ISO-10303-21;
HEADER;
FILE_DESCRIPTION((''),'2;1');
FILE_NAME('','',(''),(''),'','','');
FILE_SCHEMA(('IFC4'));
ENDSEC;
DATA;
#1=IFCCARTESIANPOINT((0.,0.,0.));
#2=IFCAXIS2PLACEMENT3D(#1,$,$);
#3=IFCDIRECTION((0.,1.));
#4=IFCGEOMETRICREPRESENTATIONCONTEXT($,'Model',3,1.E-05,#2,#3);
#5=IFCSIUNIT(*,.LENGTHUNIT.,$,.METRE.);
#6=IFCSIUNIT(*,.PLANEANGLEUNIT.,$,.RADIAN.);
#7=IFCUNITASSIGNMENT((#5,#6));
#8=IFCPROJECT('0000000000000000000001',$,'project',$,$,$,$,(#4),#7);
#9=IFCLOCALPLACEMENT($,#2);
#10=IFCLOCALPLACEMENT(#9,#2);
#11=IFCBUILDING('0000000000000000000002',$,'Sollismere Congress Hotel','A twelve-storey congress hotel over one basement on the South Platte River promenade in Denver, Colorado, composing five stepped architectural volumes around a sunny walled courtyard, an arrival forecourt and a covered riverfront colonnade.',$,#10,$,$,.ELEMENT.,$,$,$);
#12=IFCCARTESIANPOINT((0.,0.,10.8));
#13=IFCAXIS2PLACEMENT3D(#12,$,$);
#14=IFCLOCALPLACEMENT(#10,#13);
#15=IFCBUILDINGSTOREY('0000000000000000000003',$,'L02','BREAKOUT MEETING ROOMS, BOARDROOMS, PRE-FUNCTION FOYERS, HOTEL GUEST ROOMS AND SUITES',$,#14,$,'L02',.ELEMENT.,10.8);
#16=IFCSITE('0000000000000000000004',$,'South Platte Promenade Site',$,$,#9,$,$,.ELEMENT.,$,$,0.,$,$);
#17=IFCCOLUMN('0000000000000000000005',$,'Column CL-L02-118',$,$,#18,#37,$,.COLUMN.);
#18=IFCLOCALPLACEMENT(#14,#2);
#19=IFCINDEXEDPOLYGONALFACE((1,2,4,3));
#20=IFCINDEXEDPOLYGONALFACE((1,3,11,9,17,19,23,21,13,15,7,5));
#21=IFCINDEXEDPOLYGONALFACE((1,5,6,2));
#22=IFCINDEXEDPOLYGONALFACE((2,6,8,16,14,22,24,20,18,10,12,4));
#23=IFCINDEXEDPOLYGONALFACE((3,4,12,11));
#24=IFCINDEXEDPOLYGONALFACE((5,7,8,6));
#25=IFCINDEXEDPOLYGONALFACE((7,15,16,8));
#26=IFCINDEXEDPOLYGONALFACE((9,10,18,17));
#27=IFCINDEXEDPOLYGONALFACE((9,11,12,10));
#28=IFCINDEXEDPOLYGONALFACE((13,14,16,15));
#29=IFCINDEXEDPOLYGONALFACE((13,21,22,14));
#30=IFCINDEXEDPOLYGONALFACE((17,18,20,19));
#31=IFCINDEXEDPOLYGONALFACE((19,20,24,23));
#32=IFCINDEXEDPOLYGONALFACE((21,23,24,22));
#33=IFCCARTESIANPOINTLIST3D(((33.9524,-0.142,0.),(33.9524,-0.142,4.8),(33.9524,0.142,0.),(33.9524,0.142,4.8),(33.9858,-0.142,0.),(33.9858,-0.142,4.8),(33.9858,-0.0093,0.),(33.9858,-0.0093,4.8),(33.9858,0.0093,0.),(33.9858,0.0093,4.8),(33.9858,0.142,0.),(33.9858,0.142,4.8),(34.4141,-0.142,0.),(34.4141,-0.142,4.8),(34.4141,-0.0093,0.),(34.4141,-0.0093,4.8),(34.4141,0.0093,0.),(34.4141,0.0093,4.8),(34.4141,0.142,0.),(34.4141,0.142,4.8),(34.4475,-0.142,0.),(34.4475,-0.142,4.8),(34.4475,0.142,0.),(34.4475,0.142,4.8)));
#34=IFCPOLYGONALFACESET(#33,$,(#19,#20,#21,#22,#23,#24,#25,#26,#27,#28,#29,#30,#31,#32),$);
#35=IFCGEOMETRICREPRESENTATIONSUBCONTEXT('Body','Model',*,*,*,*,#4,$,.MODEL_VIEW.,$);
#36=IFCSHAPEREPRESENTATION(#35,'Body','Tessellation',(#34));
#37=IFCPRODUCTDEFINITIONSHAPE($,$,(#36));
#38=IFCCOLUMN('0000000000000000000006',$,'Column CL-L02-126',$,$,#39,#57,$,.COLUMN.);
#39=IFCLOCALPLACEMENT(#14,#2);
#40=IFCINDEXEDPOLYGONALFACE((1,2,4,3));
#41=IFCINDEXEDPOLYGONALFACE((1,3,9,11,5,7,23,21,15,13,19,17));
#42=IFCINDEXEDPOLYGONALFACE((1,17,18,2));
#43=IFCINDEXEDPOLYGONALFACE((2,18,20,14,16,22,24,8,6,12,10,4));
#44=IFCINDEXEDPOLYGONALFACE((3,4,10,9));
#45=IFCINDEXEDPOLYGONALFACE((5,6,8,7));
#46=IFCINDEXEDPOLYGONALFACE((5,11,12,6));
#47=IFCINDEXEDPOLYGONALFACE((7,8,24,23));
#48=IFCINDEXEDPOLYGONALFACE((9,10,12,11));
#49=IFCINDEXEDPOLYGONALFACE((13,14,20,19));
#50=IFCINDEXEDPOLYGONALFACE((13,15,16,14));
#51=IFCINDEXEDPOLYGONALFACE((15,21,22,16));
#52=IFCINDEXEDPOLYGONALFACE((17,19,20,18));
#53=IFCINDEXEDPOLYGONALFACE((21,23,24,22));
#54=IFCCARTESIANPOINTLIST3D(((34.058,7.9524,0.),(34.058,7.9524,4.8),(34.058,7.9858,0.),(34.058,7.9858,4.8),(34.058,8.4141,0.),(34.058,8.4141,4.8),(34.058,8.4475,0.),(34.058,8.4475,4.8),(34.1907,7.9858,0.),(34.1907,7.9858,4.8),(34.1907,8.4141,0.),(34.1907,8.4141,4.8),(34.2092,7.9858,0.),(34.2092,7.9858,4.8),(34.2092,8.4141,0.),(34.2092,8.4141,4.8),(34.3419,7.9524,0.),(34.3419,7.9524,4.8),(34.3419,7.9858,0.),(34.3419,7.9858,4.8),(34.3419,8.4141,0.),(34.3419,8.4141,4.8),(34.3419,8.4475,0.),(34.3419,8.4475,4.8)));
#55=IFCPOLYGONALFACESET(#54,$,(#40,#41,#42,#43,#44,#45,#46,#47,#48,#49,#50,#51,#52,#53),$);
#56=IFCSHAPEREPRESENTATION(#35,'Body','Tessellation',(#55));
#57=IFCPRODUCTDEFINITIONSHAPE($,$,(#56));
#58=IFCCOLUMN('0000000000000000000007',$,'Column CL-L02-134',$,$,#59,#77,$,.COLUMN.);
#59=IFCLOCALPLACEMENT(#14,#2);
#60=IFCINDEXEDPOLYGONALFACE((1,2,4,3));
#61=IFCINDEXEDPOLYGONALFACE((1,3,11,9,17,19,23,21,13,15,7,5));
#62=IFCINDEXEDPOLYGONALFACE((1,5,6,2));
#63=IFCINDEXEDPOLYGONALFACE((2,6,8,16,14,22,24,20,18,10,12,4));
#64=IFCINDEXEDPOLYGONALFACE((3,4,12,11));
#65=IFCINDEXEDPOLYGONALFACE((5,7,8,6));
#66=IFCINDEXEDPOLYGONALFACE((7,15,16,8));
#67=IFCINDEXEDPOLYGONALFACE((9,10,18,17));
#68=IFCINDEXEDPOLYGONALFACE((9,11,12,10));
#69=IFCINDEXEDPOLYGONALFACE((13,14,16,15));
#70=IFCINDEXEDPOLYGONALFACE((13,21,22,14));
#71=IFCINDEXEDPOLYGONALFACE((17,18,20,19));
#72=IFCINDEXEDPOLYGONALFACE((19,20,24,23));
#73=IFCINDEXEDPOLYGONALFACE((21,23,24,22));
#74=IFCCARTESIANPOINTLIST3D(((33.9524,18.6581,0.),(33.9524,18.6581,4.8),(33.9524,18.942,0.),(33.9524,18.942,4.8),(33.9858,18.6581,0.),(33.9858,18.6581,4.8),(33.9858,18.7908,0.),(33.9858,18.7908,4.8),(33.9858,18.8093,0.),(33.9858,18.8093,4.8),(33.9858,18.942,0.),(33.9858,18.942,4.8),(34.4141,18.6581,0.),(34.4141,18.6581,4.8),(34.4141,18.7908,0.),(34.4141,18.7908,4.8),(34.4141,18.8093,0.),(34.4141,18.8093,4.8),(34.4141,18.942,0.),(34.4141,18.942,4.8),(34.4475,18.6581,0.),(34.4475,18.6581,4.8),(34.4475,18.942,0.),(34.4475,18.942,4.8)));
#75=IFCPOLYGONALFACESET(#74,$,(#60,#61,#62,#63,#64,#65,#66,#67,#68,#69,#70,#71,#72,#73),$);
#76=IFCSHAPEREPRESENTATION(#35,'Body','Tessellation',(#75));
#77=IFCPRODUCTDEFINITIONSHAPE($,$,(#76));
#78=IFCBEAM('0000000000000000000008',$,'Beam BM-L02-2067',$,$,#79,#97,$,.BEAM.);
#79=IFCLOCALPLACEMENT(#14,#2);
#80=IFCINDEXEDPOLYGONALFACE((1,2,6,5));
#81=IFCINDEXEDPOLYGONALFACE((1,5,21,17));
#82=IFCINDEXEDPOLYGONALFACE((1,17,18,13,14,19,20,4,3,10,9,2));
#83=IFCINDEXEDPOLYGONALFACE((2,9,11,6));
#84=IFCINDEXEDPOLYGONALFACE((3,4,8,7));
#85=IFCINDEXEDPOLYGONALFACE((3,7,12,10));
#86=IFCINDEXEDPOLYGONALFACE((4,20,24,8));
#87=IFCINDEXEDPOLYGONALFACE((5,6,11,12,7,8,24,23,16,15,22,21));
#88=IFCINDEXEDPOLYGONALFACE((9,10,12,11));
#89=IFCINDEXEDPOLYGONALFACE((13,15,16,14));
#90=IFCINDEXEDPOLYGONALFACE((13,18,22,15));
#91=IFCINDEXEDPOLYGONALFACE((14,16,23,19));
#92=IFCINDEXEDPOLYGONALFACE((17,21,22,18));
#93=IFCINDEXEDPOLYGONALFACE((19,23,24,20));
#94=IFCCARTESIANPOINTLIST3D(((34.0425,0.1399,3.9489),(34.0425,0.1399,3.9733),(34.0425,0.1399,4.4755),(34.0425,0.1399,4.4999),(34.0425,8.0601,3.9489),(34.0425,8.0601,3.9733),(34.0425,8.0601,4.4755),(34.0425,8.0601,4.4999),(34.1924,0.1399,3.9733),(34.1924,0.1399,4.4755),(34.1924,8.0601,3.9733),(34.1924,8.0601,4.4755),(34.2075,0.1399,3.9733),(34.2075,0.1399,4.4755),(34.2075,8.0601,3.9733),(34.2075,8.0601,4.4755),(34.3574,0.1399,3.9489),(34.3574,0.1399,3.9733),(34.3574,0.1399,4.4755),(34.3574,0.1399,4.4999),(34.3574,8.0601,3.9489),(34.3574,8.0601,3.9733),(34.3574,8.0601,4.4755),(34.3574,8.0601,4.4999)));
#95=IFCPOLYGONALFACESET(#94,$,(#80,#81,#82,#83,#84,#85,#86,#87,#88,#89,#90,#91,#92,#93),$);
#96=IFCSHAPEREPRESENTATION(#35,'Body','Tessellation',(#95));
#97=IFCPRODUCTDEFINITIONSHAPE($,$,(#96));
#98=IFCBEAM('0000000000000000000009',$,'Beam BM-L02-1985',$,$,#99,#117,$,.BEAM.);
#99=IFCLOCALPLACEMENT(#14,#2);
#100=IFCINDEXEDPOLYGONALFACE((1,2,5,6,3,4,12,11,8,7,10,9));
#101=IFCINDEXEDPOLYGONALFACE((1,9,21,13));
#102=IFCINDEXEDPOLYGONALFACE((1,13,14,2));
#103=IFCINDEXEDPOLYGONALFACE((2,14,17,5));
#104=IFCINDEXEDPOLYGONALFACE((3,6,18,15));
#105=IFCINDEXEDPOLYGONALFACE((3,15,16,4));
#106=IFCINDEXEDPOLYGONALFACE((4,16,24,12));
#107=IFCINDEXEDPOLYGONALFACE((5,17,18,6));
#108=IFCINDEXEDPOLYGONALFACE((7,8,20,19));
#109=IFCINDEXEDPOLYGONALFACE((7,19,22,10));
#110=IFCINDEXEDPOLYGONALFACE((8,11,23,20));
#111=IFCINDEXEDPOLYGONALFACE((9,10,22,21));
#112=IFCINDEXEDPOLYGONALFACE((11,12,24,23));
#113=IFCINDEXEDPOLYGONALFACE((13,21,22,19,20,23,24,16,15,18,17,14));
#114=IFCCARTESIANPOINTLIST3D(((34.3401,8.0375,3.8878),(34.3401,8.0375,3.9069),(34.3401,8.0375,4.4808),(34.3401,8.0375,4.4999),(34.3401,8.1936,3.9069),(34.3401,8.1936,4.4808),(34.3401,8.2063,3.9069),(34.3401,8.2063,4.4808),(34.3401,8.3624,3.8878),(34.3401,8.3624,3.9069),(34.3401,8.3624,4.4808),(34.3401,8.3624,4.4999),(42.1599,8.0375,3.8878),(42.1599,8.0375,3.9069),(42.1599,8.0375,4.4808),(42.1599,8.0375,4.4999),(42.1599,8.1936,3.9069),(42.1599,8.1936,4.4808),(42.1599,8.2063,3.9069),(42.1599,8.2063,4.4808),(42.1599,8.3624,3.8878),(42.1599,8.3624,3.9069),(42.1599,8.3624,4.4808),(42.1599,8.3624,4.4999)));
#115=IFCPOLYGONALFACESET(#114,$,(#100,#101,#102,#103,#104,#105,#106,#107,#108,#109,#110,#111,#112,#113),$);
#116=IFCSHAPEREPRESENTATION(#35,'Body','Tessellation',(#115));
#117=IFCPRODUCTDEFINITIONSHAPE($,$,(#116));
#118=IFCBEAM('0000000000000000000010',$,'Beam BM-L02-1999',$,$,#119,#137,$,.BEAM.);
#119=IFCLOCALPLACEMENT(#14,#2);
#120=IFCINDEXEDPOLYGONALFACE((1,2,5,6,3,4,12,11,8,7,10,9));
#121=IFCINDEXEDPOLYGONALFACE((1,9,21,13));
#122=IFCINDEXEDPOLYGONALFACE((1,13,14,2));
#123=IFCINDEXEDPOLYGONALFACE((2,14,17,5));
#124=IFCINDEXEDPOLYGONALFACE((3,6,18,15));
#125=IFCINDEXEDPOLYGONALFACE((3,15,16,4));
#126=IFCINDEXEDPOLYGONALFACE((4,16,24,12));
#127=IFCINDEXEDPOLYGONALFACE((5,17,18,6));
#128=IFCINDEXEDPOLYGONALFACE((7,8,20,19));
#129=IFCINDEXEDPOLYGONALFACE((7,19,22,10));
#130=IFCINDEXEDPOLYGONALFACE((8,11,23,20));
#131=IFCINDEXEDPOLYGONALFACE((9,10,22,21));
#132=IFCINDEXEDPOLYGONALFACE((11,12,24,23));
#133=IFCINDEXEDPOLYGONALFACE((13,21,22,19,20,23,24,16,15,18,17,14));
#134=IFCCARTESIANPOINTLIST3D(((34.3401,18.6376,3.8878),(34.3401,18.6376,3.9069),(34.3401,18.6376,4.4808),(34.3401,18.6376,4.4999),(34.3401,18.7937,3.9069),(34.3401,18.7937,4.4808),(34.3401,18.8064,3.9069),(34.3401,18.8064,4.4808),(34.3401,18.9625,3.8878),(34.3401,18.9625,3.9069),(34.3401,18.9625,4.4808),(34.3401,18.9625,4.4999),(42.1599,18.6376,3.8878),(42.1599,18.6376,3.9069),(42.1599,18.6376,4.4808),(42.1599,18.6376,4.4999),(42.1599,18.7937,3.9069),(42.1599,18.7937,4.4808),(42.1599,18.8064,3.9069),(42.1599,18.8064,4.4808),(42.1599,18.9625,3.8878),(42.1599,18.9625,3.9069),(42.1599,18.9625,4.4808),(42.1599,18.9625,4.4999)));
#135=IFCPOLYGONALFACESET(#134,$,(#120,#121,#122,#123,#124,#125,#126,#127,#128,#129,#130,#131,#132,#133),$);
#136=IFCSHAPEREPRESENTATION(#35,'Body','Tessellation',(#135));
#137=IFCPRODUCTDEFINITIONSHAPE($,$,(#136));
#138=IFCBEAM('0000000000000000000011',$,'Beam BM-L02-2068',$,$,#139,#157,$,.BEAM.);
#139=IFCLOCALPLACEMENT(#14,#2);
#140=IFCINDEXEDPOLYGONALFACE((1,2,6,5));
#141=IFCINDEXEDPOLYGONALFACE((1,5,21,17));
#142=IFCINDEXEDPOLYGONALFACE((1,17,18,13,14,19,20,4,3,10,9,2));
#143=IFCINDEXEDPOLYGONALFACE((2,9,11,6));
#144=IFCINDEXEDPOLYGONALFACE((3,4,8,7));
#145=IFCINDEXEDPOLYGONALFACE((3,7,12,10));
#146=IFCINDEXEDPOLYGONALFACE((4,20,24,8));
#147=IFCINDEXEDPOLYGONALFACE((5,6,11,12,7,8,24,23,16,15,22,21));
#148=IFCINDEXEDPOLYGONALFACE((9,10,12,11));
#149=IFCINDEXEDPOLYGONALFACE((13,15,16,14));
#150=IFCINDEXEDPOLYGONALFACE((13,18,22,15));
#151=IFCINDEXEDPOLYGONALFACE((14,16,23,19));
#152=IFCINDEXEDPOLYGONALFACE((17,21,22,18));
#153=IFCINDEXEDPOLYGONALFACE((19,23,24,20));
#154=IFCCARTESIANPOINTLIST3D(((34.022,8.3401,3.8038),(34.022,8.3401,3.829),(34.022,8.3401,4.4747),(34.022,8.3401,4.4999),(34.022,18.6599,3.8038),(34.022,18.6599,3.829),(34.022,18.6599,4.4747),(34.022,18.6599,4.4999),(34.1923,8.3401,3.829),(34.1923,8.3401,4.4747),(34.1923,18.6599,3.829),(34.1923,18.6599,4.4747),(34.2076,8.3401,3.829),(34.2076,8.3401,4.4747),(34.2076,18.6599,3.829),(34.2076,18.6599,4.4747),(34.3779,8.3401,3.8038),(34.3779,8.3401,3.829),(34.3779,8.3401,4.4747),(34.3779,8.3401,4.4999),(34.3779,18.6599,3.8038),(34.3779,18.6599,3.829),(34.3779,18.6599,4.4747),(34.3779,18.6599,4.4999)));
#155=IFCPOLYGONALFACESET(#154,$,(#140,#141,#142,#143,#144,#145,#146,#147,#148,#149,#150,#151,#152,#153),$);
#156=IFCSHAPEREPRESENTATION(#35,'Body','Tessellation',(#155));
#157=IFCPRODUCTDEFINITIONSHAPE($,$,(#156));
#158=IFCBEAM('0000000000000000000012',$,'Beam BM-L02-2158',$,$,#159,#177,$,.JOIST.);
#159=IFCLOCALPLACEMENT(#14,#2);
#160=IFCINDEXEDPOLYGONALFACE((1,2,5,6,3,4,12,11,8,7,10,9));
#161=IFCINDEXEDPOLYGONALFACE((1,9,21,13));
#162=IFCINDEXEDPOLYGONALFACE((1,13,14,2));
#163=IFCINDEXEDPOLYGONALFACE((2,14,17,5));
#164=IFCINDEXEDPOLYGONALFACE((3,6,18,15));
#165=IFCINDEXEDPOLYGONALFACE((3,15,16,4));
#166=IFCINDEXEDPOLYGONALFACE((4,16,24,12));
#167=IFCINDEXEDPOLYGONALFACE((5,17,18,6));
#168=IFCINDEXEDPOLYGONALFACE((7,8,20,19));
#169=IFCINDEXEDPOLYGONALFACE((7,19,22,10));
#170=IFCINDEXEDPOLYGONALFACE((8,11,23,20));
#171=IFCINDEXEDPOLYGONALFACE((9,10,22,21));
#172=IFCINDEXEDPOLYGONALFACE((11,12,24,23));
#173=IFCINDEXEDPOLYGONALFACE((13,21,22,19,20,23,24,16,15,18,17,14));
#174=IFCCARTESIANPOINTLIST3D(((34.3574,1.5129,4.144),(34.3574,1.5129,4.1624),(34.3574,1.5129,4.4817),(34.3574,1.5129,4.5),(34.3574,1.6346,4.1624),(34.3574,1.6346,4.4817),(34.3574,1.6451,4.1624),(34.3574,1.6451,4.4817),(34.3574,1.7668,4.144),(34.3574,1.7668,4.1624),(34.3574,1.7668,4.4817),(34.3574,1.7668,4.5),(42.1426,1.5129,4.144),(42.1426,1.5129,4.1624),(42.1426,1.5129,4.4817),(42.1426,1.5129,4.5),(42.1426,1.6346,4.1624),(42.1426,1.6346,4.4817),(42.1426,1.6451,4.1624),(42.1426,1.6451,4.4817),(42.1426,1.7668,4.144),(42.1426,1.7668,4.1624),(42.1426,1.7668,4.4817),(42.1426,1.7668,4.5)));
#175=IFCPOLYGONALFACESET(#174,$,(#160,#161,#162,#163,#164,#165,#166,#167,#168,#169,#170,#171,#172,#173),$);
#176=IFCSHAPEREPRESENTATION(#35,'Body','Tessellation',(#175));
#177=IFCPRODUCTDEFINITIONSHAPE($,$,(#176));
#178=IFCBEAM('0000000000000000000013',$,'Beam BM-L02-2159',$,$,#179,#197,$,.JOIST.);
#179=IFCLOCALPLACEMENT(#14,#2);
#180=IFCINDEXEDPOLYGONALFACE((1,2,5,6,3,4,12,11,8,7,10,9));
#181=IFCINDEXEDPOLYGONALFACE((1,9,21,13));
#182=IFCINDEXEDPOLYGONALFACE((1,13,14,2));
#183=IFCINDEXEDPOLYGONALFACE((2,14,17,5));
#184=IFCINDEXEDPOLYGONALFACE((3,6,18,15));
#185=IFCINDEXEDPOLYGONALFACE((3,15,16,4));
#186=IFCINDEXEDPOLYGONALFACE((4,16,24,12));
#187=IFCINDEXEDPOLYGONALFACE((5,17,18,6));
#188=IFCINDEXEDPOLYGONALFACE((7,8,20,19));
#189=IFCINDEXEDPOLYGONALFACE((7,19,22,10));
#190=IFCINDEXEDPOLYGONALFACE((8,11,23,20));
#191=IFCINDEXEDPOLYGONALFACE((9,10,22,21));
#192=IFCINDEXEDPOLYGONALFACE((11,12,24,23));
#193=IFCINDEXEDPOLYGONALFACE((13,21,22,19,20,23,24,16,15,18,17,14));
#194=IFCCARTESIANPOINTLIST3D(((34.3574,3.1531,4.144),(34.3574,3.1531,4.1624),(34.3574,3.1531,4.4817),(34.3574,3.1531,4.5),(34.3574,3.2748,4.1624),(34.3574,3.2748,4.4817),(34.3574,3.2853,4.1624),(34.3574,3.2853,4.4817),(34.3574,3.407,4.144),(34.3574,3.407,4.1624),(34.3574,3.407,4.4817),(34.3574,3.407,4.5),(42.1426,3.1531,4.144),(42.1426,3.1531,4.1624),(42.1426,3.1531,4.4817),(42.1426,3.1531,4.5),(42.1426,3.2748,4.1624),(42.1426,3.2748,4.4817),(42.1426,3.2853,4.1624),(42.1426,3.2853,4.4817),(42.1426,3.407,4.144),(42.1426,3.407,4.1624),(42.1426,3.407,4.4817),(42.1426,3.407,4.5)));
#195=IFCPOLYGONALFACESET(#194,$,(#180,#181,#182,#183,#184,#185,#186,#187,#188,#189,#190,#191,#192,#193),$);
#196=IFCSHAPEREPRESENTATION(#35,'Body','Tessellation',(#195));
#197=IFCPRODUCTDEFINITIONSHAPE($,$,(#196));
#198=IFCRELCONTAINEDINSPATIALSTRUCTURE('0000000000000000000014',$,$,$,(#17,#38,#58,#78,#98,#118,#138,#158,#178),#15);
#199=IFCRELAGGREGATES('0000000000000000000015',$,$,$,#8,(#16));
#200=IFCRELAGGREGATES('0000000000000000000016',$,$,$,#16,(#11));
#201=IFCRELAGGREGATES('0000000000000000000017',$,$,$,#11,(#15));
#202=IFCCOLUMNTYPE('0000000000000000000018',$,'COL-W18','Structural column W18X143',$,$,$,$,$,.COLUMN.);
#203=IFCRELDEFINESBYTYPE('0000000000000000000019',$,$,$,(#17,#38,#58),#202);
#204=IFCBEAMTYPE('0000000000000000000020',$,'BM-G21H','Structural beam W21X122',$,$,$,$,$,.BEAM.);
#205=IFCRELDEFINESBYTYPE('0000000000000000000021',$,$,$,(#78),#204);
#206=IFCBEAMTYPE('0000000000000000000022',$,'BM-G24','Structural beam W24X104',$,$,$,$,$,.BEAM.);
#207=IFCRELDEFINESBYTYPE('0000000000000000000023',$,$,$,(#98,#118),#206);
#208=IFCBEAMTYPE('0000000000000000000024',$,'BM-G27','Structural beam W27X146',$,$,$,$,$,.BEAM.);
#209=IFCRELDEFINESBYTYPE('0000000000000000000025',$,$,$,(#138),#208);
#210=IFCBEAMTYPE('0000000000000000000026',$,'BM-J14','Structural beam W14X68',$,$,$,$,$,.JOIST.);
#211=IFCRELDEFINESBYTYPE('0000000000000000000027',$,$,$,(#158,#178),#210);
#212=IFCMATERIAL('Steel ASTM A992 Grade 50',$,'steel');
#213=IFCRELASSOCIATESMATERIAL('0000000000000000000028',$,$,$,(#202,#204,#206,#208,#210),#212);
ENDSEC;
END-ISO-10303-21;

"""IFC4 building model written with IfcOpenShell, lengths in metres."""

from ifc_helpers import new_model, si_unit, direction, frame, origin, origin_2d, place, context, subcontext, project, spatial, i_section, extrude, material, material_profile, profile_set, type_object, element, save


model = new_model("IFC4")

# Units and contexts
model_context = context("Model", 3, precision=1e-05, world=origin(), true_north=direction((0.0, 1.0)))
body_context = subcontext(model_context, "Body", "Model", "MODEL_VIEW")
ifc_project = project(units=[si_unit("LENGTHUNIT", "METRE"), si_unit("PLANEANGLEUNIT", "RADIAN")], contexts=[model_context])

# Site, building, storey
site_placement = place(None, origin())
site = spatial("IfcSite", under=ifc_project, at=site_placement, Name="South Platte Promenade Site", CompositionType="ELEMENT", RefElevation=0.0)
building_placement = place(site_placement, origin())
building = spatial("IfcBuilding", under=site, at=building_placement, Name="Sollismere Congress Hotel", Description="A twelve-storey congress hotel over one basement on the South Platte River promenade in Denver, Colorado, composing five stepped architectural volumes around a sunny walled courtyard, an arrival forecourt and a covered riverfront colonnade.", CompositionType="ELEMENT")
storey_placement = place(building_placement, frame((0.0, 0.0, 10.8)))
storey = spatial("IfcBuildingStorey", under=building, at=storey_placement, Name="L02", Description="BREAKOUT MEETING ROOMS, BOARDROOMS, PRE-FUNCTION FOYERS, HOTEL GUEST ROOMS AND SUITES", LongName="L02", CompositionType="ELEMENT", Elevation=10.8)

# Columns
ifc_material_1 = material(Name="Steel ASTM A992 Grade 50", Category="steel")
ifc_material_profile_1 = material_profile(ifc_material_1, i_section(OverallWidth=0.2839, OverallDepth=0.4951, WebThickness=0.0186, FlangeThickness=0.0334, at=origin_2d()), Name="W18X143")
ifc_profile_set_1 = profile_set([ifc_material_profile_1], Name="Steel ASTM A992 Grade 50")
column_type = type_object("IfcColumnType", Name="COL-W18", Description="Structural column W18X143", PredefinedType="COLUMN", material=ifc_profile_set_1)
for number, where, z_axis, x_axis, name in (
    (1, (34.2, 0.0, 0.0), (0.0, 0.0, 1.0), (0.0, 1.0, 0.0), "Column CL-L02-118"),
    (2, (34.2, 8.2, 0.0), (0.0, 0.0, 1.0), (1.0, 0.0, 0.0), "Column CL-L02-126"),
    (3, (34.2, 18.8, 0.0), (0.0, 0.0, 1.0), (0.0, 1.0, 0.0), "Column CL-L02-134"),
):
    element("IfcColumn", number, at=place(storey_placement, frame(where, z_axis=z_axis, x_axis=x_axis)), inside=storey, type_object=column_type, Name=name, PredefinedType="COLUMN", context=body_context, shape_type="SweptSolid", body=[
        extrude(i_section(OverallWidth=0.2839, OverallDepth=0.4951, WebThickness=0.0186, FlangeThickness=0.0334, at=origin_2d()), origin(), (0.0, 0.0, 1.0), 4.8),
    ])

# Beams
ifc_material_profile_2 = material_profile(ifc_material_1, i_section(OverallWidth=0.3149, OverallDepth=0.551, WebThickness=0.0151, FlangeThickness=0.0244, at=origin_2d()), Name="W21X122")
ifc_profile_set_2 = profile_set([ifc_material_profile_2], Name="Steel ASTM A992 Grade 50")
beam_type_1 = type_object("IfcBeamType", Name="BM-G21H", Description="Structural beam W21X122", PredefinedType="BEAM", material=ifc_profile_set_2)
beam_1_placement = place(storey_placement, frame((34.2, 0.1399, 4.2244), z_axis=(0.0, 1.0, 0.0), x_axis=(-1.0, 0.0, 0.0)))
element("IfcBeam", 4, at=beam_1_placement, inside=storey, type_object=beam_type_1, Name="Beam BM-L02-2067", PredefinedType="BEAM", context=body_context, shape_type="SweptSolid", body=[
    extrude(i_section(OverallWidth=0.3149, OverallDepth=0.551, WebThickness=0.0151, FlangeThickness=0.0244, at=origin_2d()), origin(), (0.0, 0.0, 1.0), 7.9202),
])
ifc_material_profile_3 = material_profile(ifc_material_1, i_section(OverallWidth=0.325, OverallDepth=0.6121, WebThickness=0.0127, FlangeThickness=0.019, at=origin_2d()), Name="W24X104")
ifc_profile_set_3 = profile_set([ifc_material_profile_3], Name="Steel ASTM A992 Grade 50")
beam_type_2 = type_object("IfcBeamType", Name="BM-G24", Description="Structural beam W24X104", PredefinedType="BEAM", material=ifc_profile_set_3)
for number, where, z_axis, x_axis, name in (
    (5, (34.3401, 8.2, 4.1938), (1.0, 0.0, 0.0), (0.0, 1.0, 0.0), "Beam BM-L02-1985"),
    (6, (34.3401, 18.8, 4.1938), (1.0, 0.0, 0.0), (0.0, 1.0, 0.0), "Beam BM-L02-1999"),
):
    element("IfcBeam", number, at=place(storey_placement, frame(where, z_axis=z_axis, x_axis=x_axis)), inside=storey, type_object=beam_type_2, Name=name, PredefinedType="BEAM", context=body_context, shape_type="SweptSolid", body=[
        extrude(i_section(OverallWidth=0.325, OverallDepth=0.6121, WebThickness=0.0127, FlangeThickness=0.019, at=origin_2d()), origin(), (0.0, 0.0, 1.0), 7.8198),
    ])
ifc_material_profile_4 = material_profile(ifc_material_1, i_section(OverallWidth=0.356, OverallDepth=0.696, WebThickness=0.0154, FlangeThickness=0.0251, at=origin_2d()), Name="W27X146")
ifc_profile_set_4 = profile_set([ifc_material_profile_4], Name="Steel ASTM A992 Grade 50")
beam_type_3 = type_object("IfcBeamType", Name="BM-G27", Description="Structural beam W27X146", PredefinedType="BEAM", material=ifc_profile_set_4)
beam_2_placement = place(storey_placement, frame((34.2, 8.3401, 4.1519), z_axis=(0.0, 1.0, 0.0), x_axis=(-1.0, 0.0, 0.0)))
element("IfcBeam", 7, at=beam_2_placement, inside=storey, type_object=beam_type_3, Name="Beam BM-L02-2068", PredefinedType="BEAM", context=body_context, shape_type="SweptSolid", body=[
    extrude(i_section(OverallWidth=0.356, OverallDepth=0.696, WebThickness=0.0154, FlangeThickness=0.0251, at=origin_2d()), origin(), (0.0, 0.0, 1.0), 10.3198),
])
ifc_material_profile_5 = material_profile(ifc_material_1, i_section(OverallWidth=0.2539, OverallDepth=0.356, WebThickness=0.0105, FlangeThickness=0.0183, at=origin_2d()), Name="W14X68")
ifc_profile_set_5 = profile_set([ifc_material_profile_5], Name="Steel ASTM A992 Grade 50")
beam_type_4 = type_object("IfcBeamType", Name="BM-J14", Description="Structural beam W14X68", PredefinedType="JOIST", material=ifc_profile_set_5)
for number, where, z_axis, x_axis, name in (
    (8, (34.3574, 1.6399, 4.322), (1.0, 0.0, 0.0), (0.0, 1.0, 0.0), "Beam BM-L02-2158"),
    (9, (34.3574, 3.28, 4.322), (1.0, 0.0, 0.0), (0.0, 1.0, 0.0), "Beam BM-L02-2159"),
):
    element("IfcBeam", number, at=place(storey_placement, frame(where, z_axis=z_axis, x_axis=x_axis)), inside=storey, type_object=beam_type_4, Name=name, PredefinedType="JOIST", context=body_context, shape_type="SweptSolid", body=[
        extrude(i_section(OverallWidth=0.2539, OverallDepth=0.356, WebThickness=0.0105, FlangeThickness=0.0183, at=origin_2d()), origin(), (0.0, 0.0, 1.0), 7.7852),
    ])

save(model, "model.ifc")
